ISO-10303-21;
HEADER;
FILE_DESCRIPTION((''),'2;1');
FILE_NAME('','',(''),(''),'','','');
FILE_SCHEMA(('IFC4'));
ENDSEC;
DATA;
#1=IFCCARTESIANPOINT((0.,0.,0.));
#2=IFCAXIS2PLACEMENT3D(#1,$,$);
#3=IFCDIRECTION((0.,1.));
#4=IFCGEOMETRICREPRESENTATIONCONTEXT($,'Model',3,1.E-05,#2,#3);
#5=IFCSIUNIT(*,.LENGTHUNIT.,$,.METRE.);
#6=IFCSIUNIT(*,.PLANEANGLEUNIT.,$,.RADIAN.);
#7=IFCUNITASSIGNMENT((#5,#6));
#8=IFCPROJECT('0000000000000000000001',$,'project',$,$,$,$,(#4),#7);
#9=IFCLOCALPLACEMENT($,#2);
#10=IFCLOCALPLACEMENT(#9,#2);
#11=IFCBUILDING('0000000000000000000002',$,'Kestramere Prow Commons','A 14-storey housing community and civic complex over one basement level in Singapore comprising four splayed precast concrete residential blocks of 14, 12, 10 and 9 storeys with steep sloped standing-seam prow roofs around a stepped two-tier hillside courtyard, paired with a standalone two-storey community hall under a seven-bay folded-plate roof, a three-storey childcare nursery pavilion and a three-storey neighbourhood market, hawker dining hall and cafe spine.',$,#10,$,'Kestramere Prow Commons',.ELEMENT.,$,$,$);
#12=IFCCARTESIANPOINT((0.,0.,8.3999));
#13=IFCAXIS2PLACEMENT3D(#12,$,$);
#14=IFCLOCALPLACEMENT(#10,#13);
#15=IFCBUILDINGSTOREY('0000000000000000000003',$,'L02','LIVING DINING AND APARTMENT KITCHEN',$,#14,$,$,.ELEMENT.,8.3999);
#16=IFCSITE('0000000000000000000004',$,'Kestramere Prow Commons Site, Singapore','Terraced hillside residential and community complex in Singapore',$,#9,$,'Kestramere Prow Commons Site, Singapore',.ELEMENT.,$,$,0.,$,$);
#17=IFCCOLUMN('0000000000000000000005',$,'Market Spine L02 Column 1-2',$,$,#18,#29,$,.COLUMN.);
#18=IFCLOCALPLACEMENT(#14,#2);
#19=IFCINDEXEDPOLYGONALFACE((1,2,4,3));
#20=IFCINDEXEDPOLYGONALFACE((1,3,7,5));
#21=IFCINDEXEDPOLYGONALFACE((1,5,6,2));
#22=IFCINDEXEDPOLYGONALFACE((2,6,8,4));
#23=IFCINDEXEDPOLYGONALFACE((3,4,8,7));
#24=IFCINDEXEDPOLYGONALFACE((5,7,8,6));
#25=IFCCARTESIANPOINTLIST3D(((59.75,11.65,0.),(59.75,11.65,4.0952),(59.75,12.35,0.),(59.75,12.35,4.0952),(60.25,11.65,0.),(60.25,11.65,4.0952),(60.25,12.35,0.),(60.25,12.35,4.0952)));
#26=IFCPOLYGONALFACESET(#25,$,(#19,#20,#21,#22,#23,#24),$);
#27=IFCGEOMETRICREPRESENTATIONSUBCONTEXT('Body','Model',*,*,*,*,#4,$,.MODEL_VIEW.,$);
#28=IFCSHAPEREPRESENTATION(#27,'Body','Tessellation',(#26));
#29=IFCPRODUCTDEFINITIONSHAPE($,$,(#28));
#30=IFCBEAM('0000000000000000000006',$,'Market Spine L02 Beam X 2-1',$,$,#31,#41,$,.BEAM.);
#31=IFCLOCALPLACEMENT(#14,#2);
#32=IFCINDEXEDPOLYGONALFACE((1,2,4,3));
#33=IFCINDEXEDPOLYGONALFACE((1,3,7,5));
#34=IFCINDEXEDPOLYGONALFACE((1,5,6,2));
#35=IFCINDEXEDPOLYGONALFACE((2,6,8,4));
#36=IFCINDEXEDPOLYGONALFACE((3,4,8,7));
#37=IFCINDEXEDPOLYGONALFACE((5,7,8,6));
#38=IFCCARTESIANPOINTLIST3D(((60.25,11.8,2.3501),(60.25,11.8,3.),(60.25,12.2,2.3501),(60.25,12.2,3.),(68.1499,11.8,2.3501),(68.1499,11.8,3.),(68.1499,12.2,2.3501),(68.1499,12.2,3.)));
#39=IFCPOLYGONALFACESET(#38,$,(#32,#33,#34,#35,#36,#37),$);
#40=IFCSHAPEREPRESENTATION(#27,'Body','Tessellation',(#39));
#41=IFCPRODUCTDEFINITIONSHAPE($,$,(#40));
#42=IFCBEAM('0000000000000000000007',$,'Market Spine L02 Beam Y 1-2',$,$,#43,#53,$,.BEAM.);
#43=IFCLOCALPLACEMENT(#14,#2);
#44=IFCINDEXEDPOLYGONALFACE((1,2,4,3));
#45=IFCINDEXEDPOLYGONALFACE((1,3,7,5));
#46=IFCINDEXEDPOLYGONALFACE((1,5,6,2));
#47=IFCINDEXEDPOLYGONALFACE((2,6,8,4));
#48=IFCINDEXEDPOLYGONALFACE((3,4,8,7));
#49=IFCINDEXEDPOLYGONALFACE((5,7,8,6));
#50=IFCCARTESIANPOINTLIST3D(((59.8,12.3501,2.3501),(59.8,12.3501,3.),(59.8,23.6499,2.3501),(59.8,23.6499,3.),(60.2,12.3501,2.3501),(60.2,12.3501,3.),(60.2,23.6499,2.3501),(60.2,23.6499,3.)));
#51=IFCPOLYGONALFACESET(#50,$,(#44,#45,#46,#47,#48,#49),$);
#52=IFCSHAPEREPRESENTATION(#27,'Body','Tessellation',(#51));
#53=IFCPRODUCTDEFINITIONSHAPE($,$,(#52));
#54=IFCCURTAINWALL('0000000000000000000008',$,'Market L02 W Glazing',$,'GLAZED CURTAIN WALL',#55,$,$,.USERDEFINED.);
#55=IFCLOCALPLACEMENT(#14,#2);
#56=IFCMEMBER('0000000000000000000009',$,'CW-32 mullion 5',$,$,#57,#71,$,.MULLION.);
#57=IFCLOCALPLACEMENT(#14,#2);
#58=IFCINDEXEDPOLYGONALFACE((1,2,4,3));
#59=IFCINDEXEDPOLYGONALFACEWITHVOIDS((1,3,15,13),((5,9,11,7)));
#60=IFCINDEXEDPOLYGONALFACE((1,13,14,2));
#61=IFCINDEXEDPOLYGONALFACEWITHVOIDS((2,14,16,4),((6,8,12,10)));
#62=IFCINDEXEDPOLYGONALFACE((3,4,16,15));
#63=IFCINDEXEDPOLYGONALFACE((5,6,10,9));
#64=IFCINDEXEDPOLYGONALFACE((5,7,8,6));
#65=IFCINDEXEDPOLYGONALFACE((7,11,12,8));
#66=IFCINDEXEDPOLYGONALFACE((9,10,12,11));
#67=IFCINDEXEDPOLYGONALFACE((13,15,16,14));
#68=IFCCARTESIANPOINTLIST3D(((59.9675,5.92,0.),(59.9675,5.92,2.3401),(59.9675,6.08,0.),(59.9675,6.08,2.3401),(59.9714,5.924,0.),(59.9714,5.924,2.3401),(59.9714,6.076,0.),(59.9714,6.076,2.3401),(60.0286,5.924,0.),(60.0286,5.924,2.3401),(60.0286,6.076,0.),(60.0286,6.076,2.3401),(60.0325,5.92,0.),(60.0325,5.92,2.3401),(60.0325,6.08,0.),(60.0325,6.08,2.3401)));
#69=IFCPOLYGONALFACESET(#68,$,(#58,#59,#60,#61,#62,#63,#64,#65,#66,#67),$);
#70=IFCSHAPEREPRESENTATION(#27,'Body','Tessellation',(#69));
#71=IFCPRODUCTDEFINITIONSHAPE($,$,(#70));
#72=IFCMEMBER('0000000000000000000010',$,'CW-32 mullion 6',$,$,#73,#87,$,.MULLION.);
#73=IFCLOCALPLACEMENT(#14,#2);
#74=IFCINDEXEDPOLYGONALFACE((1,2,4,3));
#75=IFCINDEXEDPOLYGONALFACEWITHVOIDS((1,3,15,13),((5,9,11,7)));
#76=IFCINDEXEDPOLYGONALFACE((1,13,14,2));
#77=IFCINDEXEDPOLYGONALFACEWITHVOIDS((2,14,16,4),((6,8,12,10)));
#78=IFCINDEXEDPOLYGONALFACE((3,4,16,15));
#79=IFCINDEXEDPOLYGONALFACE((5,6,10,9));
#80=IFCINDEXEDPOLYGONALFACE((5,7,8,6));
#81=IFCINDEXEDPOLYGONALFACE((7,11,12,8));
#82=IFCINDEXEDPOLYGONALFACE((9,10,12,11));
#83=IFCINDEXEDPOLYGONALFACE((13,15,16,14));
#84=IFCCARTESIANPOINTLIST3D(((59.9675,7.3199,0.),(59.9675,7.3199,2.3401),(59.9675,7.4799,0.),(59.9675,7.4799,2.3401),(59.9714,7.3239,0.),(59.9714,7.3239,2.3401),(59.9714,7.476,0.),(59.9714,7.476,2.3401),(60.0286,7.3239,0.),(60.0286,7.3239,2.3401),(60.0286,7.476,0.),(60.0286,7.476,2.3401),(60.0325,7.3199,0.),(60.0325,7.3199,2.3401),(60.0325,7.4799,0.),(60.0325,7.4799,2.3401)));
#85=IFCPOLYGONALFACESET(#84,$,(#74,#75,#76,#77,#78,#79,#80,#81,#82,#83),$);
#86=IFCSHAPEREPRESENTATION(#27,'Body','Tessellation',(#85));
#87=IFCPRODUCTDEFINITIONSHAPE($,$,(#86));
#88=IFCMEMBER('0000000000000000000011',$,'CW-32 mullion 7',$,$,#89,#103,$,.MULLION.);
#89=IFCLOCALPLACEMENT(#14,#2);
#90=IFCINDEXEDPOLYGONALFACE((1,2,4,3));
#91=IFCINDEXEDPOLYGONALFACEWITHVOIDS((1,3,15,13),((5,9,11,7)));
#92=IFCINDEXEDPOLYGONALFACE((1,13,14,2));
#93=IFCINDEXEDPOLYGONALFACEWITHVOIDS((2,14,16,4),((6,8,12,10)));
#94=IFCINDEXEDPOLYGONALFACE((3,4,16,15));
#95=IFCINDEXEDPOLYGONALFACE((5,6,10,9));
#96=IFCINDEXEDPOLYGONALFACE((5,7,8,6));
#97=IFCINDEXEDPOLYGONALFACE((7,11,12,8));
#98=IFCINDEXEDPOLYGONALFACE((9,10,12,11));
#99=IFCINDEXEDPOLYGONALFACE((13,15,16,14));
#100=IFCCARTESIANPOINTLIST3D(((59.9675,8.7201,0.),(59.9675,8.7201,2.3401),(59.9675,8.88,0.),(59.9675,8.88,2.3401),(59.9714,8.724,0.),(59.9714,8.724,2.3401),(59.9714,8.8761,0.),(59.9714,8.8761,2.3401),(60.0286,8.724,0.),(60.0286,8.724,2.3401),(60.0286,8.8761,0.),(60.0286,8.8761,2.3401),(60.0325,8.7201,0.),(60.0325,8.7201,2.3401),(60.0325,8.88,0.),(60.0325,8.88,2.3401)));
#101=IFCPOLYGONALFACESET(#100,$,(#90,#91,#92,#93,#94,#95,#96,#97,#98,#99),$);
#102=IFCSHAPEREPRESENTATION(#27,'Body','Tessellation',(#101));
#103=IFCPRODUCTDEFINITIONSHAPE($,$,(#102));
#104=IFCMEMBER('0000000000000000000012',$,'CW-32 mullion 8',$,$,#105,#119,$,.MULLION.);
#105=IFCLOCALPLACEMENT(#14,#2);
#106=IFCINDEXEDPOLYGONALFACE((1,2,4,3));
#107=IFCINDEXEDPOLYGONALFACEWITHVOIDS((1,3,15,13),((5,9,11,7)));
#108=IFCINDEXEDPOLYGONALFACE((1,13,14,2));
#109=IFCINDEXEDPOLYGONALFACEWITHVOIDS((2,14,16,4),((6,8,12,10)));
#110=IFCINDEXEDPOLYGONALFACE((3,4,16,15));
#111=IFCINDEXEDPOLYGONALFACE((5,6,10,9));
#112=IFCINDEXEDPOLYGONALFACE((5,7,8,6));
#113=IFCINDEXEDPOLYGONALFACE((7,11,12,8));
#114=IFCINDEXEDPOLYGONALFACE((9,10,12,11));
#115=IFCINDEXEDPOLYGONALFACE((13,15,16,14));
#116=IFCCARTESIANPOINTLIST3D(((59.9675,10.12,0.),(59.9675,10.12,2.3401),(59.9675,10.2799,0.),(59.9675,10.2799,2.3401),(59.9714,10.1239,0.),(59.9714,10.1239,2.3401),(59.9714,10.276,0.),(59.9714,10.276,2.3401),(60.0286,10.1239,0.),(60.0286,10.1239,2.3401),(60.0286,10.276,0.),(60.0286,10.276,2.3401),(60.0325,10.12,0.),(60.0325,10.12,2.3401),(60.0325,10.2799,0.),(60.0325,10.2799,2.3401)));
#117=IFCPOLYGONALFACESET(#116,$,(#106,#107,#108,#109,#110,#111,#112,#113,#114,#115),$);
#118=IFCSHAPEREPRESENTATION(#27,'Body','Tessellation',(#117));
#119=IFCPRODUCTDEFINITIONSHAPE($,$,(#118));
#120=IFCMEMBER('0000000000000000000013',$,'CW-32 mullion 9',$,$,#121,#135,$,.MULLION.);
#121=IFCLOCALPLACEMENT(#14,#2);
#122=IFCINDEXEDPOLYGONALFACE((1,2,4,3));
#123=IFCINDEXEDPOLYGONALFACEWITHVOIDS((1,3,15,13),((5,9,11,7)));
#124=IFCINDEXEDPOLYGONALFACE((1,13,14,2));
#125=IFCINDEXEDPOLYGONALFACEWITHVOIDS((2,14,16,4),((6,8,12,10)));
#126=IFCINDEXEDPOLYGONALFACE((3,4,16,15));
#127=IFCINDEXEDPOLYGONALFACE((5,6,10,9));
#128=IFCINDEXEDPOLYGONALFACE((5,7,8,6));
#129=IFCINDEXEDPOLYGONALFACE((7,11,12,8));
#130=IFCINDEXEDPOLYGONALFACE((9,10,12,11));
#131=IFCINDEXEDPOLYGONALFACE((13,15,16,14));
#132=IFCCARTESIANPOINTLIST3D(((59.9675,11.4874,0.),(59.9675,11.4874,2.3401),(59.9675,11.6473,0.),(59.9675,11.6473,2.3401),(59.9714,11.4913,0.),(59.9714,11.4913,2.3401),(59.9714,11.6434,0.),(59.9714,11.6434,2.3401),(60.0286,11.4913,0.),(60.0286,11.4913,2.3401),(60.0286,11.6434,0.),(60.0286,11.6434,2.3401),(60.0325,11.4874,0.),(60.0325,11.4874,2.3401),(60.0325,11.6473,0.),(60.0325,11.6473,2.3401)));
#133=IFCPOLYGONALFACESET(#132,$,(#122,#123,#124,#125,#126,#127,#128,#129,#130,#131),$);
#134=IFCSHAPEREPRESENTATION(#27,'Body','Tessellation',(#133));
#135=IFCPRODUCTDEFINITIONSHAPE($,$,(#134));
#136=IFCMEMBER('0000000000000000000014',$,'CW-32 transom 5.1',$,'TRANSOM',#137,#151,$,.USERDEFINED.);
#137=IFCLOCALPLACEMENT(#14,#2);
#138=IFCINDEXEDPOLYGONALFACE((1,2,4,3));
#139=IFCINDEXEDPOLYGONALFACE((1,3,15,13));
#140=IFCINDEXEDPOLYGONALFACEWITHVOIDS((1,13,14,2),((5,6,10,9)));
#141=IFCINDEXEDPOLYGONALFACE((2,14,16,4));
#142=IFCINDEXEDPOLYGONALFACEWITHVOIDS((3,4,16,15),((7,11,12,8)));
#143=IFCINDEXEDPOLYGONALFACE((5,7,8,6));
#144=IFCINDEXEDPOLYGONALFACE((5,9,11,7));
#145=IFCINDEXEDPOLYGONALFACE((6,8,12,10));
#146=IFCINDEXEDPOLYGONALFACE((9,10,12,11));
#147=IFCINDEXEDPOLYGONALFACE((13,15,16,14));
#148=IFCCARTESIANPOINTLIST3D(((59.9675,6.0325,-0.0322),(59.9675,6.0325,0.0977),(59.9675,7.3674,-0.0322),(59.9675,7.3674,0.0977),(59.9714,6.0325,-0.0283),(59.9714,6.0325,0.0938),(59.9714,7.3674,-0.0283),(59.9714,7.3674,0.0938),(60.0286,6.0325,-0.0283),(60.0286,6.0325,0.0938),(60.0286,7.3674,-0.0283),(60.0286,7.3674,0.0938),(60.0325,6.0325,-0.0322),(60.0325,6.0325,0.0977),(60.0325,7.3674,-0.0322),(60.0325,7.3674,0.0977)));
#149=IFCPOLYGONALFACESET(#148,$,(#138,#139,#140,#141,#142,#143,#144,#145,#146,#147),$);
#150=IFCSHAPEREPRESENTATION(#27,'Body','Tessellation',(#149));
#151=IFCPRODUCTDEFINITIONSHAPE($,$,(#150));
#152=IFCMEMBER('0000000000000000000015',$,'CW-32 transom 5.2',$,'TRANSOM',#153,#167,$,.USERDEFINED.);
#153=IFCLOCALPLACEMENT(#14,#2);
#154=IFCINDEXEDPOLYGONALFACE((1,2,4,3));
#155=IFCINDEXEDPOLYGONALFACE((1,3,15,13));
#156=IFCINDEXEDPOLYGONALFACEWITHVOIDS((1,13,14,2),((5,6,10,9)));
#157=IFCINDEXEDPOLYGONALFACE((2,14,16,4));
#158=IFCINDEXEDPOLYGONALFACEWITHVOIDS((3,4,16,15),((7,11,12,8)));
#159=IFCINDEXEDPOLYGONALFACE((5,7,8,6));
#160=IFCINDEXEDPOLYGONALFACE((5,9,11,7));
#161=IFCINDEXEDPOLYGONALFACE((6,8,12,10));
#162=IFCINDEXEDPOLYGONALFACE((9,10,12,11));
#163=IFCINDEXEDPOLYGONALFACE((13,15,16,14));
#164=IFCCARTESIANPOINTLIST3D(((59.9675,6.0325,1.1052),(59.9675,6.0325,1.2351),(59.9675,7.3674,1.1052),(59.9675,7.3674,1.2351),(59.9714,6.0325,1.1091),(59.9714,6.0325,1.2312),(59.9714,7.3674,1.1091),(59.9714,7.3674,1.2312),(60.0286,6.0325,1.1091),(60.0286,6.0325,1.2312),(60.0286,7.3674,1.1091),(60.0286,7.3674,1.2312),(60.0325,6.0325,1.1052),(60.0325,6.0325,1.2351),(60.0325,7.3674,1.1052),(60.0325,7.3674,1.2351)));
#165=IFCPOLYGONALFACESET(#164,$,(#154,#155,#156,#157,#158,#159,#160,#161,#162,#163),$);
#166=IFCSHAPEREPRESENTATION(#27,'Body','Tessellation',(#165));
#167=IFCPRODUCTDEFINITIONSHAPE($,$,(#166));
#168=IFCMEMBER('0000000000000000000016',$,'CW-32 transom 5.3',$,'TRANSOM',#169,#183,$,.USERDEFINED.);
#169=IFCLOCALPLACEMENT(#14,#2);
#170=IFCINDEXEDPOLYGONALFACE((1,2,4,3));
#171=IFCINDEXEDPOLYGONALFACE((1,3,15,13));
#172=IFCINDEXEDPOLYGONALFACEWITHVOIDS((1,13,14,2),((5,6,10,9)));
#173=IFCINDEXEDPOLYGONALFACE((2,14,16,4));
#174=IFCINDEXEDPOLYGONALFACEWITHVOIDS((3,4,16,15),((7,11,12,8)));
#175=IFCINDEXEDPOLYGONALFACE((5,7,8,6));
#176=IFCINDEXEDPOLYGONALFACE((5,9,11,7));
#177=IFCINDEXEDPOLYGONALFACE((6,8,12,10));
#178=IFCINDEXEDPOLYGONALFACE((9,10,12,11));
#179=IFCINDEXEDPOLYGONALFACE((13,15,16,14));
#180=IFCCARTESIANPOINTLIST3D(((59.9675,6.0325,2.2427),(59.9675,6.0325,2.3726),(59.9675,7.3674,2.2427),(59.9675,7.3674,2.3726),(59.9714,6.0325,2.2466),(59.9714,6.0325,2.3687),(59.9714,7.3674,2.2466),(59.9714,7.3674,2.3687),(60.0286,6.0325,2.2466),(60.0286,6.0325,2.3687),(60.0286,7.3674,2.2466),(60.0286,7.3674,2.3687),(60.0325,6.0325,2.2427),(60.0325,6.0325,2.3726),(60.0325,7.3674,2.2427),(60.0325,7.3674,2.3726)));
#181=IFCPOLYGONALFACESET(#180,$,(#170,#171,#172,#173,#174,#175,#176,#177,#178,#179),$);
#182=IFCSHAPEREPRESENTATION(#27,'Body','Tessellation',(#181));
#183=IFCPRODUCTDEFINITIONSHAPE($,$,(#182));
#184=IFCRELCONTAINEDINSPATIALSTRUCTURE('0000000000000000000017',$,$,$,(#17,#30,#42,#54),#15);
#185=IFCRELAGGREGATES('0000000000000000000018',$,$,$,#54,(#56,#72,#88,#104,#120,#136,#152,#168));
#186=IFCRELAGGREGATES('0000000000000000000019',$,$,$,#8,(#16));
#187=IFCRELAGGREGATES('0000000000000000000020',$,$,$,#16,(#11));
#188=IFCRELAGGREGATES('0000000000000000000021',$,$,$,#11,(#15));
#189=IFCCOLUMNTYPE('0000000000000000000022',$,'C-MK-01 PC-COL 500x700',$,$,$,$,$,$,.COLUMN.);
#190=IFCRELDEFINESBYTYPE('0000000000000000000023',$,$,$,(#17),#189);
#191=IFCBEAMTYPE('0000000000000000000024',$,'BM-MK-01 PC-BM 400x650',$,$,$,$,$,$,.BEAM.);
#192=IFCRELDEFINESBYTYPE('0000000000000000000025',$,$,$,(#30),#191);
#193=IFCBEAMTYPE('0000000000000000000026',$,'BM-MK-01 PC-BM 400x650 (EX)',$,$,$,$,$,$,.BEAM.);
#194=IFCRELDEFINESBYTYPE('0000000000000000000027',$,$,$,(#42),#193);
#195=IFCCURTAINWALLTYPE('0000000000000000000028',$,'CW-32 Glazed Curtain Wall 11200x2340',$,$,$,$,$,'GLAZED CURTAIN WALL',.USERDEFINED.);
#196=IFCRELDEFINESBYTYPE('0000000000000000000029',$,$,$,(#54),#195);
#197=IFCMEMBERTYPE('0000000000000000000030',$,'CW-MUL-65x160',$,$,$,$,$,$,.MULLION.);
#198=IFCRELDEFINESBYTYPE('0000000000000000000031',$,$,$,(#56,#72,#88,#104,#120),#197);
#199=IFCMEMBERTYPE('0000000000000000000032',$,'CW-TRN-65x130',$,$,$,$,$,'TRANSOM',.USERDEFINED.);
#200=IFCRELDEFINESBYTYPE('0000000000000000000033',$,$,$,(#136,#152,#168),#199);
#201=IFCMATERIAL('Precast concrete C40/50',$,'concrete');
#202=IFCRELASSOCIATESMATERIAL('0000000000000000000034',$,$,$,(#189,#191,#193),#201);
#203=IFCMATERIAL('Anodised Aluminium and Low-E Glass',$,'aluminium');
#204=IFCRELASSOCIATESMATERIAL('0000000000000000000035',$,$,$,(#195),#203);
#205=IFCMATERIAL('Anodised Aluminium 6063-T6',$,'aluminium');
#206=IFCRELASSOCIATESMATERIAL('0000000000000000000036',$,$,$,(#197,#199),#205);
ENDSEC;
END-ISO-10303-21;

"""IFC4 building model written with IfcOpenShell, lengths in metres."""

from ifc_helpers import new_model, si_unit, direction, frame, origin, origin_2d, place, context, subcontext, project, spatial, rectangle, hollow_rectangle, extrude, material, material_profile, profile_set, type_object, element, aggregate, save


model = new_model("IFC4")

# Units and contexts
model_context = context("Model", 3, precision=1e-05, world=origin(), true_north=direction((0.0, 1.0)))
body_context = subcontext(model_context, "Body", "Model", "MODEL_VIEW")
ifc_project = project(units=[si_unit("LENGTHUNIT", "METRE"), si_unit("PLANEANGLEUNIT", "RADIAN")], contexts=[model_context])

# Site, building, storey
site_placement = place(None, origin())
site = spatial("IfcSite", under=ifc_project, at=site_placement, Name="Kestramere Prow Commons Site, Singapore", Description="Terraced hillside residential and community complex in Singapore", LongName="Kestramere Prow Commons Site, Singapore", CompositionType="ELEMENT", RefElevation=0.0)
building_placement = place(site_placement, origin())
building = spatial("IfcBuilding", under=site, at=building_placement, Name="Kestramere Prow Commons", Description="A 14-storey housing community and civic complex over one basement level in Singapore comprising four splayed precast concrete residential blocks of 14, 12, 10 and 9 storeys with steep sloped standing-seam prow roofs around a stepped two-tier hillside courtyard, paired with a standalone two-storey community hall under a seven-bay folded-plate roof, a three-storey childcare nursery pavilion and a three-storey neighbourhood market, hawker dining hall and cafe spine.", LongName="Kestramere Prow Commons", CompositionType="ELEMENT")
storey_placement = place(building_placement, frame((0.0, 0.0, 8.3999)))
storey = spatial("IfcBuildingStorey", under=building, at=storey_placement, Name="L02", Description="LIVING DINING AND APARTMENT KITCHEN", CompositionType="ELEMENT", Elevation=8.3999)

# Column
ifc_material_1 = material(Name="Precast concrete C40/50", Category="concrete")
ifc_material_profile_1 = material_profile(ifc_material_1, rectangle(XDim=0.5, YDim=0.7, at=origin_2d()), Name="PC-COL 500x700")
ifc_profile_set_1 = profile_set([ifc_material_profile_1], Name="Precast concrete C40/50")
column_type = type_object("IfcColumnType", Name="C-MK-01 PC-COL 500x700", PredefinedType="COLUMN", material=ifc_profile_set_1)
column_placement = place(storey_placement, frame((60.0, 12.0, 0.0), z_axis=(0.0, 0.0, 1.0), x_axis=(1.0, 0.0, 0.0)))
element("IfcColumn", 1, at=column_placement, inside=storey, type_object=column_type, Name="Market Spine L02 Column 1-2", PredefinedType="COLUMN", context=body_context, shape_type="SweptSolid", body=[
    extrude(rectangle(XDim=0.5, YDim=0.7, at=origin_2d()), origin(), (0.0, 0.0, 1.0), 4.0952),
])

# Beams
ifc_material_profile_2 = material_profile(ifc_material_1, rectangle(XDim=0.3999, YDim=0.6499, at=origin_2d()), Name="PC-BM 400x650")
ifc_profile_set_2 = profile_set([ifc_material_profile_2], Name="Precast concrete C40/50")
beam_type_1 = type_object("IfcBeamType", Name="BM-MK-01 PC-BM 400x650", PredefinedType="BEAM", material=ifc_profile_set_2)
beam_1_placement = place(storey_placement, frame((60.25, 12.0, 2.675), z_axis=(1.0, 0.0, 0.0), x_axis=(0.0, 1.0, 0.0)))
element("IfcBeam", 2, at=beam_1_placement, inside=storey, type_object=beam_type_1, Name="Market Spine L02 Beam X 2-1", PredefinedType="BEAM", context=body_context, shape_type="SweptSolid", body=[
    extrude(rectangle(XDim=0.3999, YDim=0.6499, at=origin_2d()), origin(), (0.0, 0.0, 1.0), 7.8999),
])
ifc_material_profile_3 = material_profile(ifc_material_1, rectangle(XDim=0.3999, YDim=0.6499, at=origin_2d()), Name="PC-BM 400x650")
ifc_profile_set_3 = profile_set([ifc_material_profile_3], Name="Precast concrete C40/50")
beam_type_2 = type_object("IfcBeamType", Name="BM-MK-01 PC-BM 400x650 (EX)", PredefinedType="BEAM", material=ifc_profile_set_3)
beam_2_placement = place(storey_placement, frame((60.0, 12.3501, 2.675), z_axis=(0.0, 1.0, 0.0), x_axis=(-1.0, 0.0, 0.0)))
element("IfcBeam", 3, at=beam_2_placement, inside=storey, type_object=beam_type_2, Name="Market Spine L02 Beam Y 1-2", PredefinedType="BEAM", context=body_context, shape_type="SweptSolid", body=[
    extrude(rectangle(XDim=0.3999, YDim=0.6499, at=origin_2d()), origin(), (0.0, 0.0, 1.0), 11.2998),
])

# Curtain wall, members
ifc_material_2 = material(Name="Anodised Aluminium and Low-E Glass", Category="aluminium")
curtain_wall_type = type_object("IfcCurtainWallType", Name="CW-32 Glazed Curtain Wall 11200x2340", ElementType="GLAZED CURTAIN WALL", PredefinedType="USERDEFINED", material=ifc_material_2)
curtain_wall_placement = place(storey_placement, origin())
curtain_wall = element("IfcCurtainWall", 4, at=curtain_wall_placement, inside=storey, type_object=curtain_wall_type, Name="Market L02 W Glazing", ObjectType="GLAZED CURTAIN WALL", PredefinedType="USERDEFINED")
ifc_material_3 = material(Name="Anodised Aluminium 6063-T6", Category="aluminium")
ifc_material_profile_4 = material_profile(ifc_material_3, hollow_rectangle(XDim=0.0649, YDim=0.1599, WallThickness=0.0039, at=origin_2d()), Name="ALU-MUL 65x160")
ifc_profile_set_4 = profile_set([ifc_material_profile_4], Name="Anodised Aluminium 6063-T6")
member_type_1 = type_object("IfcMemberType", Name="CW-MUL-65x160", PredefinedType="MULLION", material=ifc_profile_set_4)
member_1_placement = place(storey_placement, frame((60.0, 6.0, 0.0), z_axis=(0.0, 0.0, 1.0), x_axis=(-1.0, 0.0, 0.0)))
member_1 = element("IfcMember", 5, at=member_1_placement, type_object=member_type_1, Name="CW-32 mullion 5", PredefinedType="MULLION", context=body_context, shape_type="SweptSolid", body=[
    extrude(hollow_rectangle(XDim=0.0649, YDim=0.1599, WallThickness=0.0039, at=origin_2d()), origin(), (0.0, 0.0, 1.0), 2.3401),
])
member_2_placement = place(storey_placement, frame((60.0, 7.3999, 0.0), z_axis=(0.0, 0.0, 1.0), x_axis=(-1.0, 0.0, 0.0)))
member_2 = element("IfcMember", 6, at=member_2_placement, type_object=member_type_1, Name="CW-32 mullion 6", PredefinedType="MULLION", context=body_context, shape_type="SweptSolid", body=[
    extrude(hollow_rectangle(XDim=0.0649, YDim=0.1599, WallThickness=0.0039, at=origin_2d()), origin(), (0.0, 0.0, 1.0), 2.3401),
])
member_3_placement = place(storey_placement, frame((60.0, 8.8, 0.0), z_axis=(0.0, 0.0, 1.0), x_axis=(-1.0, 0.0, 0.0)))
member_3 = element("IfcMember", 7, at=member_3_placement, type_object=member_type_1, Name="CW-32 mullion 7", PredefinedType="MULLION", context=body_context, shape_type="SweptSolid", body=[
    extrude(hollow_rectangle(XDim=0.0649, YDim=0.1599, WallThickness=0.0039, at=origin_2d()), origin(), (0.0, 0.0, 1.0), 2.3401),
])
member_4_placement = place(storey_placement, frame((60.0, 10.2, 0.0), z_axis=(0.0, 0.0, 1.0), x_axis=(-1.0, 0.0, 0.0)))
member_4 = element("IfcMember", 8, at=member_4_placement, type_object=member_type_1, Name="CW-32 mullion 8", PredefinedType="MULLION", context=body_context, shape_type="SweptSolid", body=[
    extrude(hollow_rectangle(XDim=0.0649, YDim=0.1599, WallThickness=0.0039, at=origin_2d()), origin(), (0.0, 0.0, 1.0), 2.3401),
])
member_5_placement = place(storey_placement, frame((60.0, 11.5674, 0.0), z_axis=(0.0, 0.0, 1.0), x_axis=(-1.0, 0.0, 0.0)))
member_5 = element("IfcMember", 9, at=member_5_placement, type_object=member_type_1, Name="CW-32 mullion 9", PredefinedType="MULLION", context=body_context, shape_type="SweptSolid", body=[
    extrude(hollow_rectangle(XDim=0.0649, YDim=0.1599, WallThickness=0.0039, at=origin_2d()), origin(), (0.0, 0.0, 1.0), 2.3401),
])
ifc_material_profile_5 = material_profile(ifc_material_3, hollow_rectangle(XDim=0.0649, YDim=0.1299, WallThickness=0.0039, at=origin_2d()), Name="ALU-TRN 65x130")
ifc_profile_set_5 = profile_set([ifc_material_profile_5], Name="Anodised Aluminium 6063-T6")
member_type_2 = type_object("IfcMemberType", Name="CW-TRN-65x130", ElementType="TRANSOM", PredefinedType="USERDEFINED", material=ifc_profile_set_5)
member_6_placement = place(storey_placement, frame((60.0, 6.0325, 0.0327), z_axis=(0.0, 1.0, 0.0), x_axis=(-1.0, 0.0, 0.0)))
member_6 = element("IfcMember", 10, at=member_6_placement, type_object=member_type_2, Name="CW-32 transom 5.1", ObjectType="TRANSOM", PredefinedType="USERDEFINED", context=body_context, shape_type="SweptSolid", body=[
    extrude(hollow_rectangle(XDim=0.0649, YDim=0.1299, WallThickness=0.0039, at=origin_2d()), origin(), (0.0, 0.0, 1.0), 1.335),
])
member_7_placement = place(storey_placement, frame((60.0, 6.0325, 1.1702), z_axis=(0.0, 1.0, 0.0), x_axis=(-1.0, 0.0, 0.0)))
member_7 = element("IfcMember", 11, at=member_7_placement, type_object=member_type_2, Name="CW-32 transom 5.2", ObjectType="TRANSOM", PredefinedType="USERDEFINED", context=body_context, shape_type="SweptSolid", body=[
    extrude(hollow_rectangle(XDim=0.0649, YDim=0.1299, WallThickness=0.0039, at=origin_2d()), origin(), (0.0, 0.0, 1.0), 1.335),
])
member_8_placement = place(storey_placement, frame((60.0, 6.0325, 2.3076), z_axis=(0.0, 1.0, 0.0), x_axis=(-1.0, 0.0, 0.0)))
member_8 = element("IfcMember", 12, at=member_8_placement, type_object=member_type_2, Name="CW-32 transom 5.3", ObjectType="TRANSOM", PredefinedType="USERDEFINED", context=body_context, shape_type="SweptSolid", body=[
    extrude(hollow_rectangle(XDim=0.0649, YDim=0.1299, WallThickness=0.0039, at=origin_2d()), origin(), (0.0, 0.0, 1.0), 1.335),
])
aggregate(curtain_wall, [member_1, member_2, member_3, member_4, member_5, member_6, member_7, member_8])

save(model, "model.ifc")
